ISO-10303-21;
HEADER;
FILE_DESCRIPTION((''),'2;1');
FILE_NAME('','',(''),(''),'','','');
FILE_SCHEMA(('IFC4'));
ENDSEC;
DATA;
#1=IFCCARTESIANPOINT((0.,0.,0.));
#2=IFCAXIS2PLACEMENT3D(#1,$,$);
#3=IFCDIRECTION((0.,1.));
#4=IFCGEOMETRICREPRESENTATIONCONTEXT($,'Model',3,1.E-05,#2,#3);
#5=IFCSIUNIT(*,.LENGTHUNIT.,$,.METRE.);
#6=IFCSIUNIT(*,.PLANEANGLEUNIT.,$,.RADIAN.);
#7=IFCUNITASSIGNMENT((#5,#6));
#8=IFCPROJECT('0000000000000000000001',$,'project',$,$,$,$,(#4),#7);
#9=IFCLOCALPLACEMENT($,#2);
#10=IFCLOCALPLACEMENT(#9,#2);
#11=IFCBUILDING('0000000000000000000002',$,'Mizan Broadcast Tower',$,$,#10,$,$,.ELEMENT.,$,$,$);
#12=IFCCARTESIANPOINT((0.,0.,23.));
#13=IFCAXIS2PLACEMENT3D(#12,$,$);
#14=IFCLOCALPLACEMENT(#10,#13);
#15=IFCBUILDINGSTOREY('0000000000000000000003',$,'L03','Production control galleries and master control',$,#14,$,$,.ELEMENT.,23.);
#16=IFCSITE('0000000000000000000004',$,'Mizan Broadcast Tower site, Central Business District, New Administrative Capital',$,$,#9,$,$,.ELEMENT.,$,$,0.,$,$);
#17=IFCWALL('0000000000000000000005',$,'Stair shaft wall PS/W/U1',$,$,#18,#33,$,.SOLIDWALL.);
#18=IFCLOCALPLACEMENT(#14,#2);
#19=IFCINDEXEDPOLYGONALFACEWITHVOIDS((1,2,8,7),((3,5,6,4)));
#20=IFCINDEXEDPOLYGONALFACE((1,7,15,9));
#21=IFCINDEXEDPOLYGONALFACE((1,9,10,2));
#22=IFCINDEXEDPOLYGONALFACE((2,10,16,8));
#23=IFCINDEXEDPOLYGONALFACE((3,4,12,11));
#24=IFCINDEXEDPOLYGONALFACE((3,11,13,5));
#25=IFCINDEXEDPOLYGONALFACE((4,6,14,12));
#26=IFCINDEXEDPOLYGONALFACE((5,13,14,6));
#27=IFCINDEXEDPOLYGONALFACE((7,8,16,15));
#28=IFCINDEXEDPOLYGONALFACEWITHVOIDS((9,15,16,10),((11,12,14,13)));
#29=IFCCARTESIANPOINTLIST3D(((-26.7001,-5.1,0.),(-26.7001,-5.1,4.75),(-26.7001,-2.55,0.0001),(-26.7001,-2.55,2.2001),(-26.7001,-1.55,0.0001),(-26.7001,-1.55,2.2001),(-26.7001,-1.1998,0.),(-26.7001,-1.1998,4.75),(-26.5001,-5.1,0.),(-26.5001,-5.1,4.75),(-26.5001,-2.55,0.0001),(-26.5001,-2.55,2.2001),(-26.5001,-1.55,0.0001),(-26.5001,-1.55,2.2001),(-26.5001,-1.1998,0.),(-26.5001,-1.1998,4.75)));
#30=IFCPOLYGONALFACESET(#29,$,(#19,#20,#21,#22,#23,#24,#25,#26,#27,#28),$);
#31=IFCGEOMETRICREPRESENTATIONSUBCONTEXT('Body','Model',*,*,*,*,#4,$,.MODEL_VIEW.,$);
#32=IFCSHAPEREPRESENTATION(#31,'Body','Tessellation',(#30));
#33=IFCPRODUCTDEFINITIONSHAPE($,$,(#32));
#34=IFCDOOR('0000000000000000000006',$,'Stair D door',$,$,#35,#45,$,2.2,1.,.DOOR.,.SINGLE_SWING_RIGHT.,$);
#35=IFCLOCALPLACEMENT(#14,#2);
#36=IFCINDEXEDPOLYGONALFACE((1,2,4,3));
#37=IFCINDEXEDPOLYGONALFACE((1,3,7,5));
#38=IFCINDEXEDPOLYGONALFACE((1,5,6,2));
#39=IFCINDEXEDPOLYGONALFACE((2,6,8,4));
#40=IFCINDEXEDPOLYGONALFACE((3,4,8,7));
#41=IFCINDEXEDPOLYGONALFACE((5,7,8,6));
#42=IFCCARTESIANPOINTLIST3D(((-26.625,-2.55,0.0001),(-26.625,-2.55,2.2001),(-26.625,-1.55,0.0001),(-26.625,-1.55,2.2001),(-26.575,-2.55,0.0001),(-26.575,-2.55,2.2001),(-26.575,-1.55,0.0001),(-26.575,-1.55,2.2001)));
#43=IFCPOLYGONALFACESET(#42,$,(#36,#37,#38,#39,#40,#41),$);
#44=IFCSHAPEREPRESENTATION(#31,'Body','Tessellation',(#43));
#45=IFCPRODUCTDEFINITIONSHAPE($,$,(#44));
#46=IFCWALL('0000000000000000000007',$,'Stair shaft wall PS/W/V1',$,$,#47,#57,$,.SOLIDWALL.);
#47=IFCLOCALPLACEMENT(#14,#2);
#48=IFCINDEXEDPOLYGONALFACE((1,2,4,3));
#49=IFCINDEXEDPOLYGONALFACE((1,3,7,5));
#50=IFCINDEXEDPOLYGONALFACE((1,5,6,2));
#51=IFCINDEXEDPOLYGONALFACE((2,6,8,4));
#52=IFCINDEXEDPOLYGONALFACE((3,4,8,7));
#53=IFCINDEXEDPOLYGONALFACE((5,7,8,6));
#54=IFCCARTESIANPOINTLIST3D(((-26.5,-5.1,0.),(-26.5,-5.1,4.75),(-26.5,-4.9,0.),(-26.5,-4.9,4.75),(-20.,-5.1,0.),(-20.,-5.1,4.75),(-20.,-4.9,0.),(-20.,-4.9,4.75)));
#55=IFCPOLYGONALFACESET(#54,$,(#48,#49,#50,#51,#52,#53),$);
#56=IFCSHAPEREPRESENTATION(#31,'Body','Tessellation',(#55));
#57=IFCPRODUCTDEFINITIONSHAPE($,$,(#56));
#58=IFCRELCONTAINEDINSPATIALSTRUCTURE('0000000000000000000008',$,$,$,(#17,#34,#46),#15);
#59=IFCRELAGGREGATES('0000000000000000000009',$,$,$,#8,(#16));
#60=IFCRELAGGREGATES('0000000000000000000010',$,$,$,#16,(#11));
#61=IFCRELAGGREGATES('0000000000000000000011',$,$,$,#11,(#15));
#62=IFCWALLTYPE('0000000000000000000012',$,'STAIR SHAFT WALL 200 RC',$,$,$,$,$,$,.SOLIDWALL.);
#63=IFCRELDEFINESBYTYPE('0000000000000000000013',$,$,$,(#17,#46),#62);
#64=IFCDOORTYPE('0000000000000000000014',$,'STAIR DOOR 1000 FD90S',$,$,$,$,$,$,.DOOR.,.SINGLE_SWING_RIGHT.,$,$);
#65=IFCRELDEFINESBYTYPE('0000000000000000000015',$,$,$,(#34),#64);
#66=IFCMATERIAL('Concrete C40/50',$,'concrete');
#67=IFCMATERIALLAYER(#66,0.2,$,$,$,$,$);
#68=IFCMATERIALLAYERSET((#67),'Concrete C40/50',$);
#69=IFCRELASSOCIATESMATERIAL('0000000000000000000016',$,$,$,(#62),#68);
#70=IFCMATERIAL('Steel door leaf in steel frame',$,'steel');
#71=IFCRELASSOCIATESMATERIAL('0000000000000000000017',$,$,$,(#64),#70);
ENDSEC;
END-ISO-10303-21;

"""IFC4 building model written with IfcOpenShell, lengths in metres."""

from ifc_helpers import new_model, si_unit, direction, frame, frame_2d, origin, place, context, subcontext, project, spatial, rectangle, extrude, material, layer, layer_set, type_object, element, fill, save


model = new_model("IFC4")

# Units and contexts
model_context = context("Model", 3, precision=1e-05, world=origin(), true_north=direction((0.0, 1.0)))
body_context = subcontext(model_context, "Body", "Model", "MODEL_VIEW")
ifc_project = project(units=[si_unit("LENGTHUNIT", "METRE"), si_unit("PLANEANGLEUNIT", "RADIAN")], contexts=[model_context])

# Site, building, storey
site_placement = place(None, origin())
site = spatial("IfcSite", under=ifc_project, at=site_placement, Name="Mizan Broadcast Tower site, Central Business District, New Administrative Capital", CompositionType="ELEMENT", RefElevation=0.0)
building_placement = place(site_placement, origin())
building = spatial("IfcBuilding", under=site, at=building_placement, Name="Mizan Broadcast Tower", CompositionType="ELEMENT")
storey_placement = place(building_placement, frame((0.0, 0.0, 23.0)))
storey = spatial("IfcBuildingStorey", under=building, at=storey_placement, Name="L03", Description="Production control galleries and master control", CompositionType="ELEMENT", Elevation=23.0)

# Wall, opening, door
ifc_material_1 = material(Name="Concrete C40/50", Category="concrete")
ifc_layer_1 = layer(ifc_material_1, 0.2)
ifc_layer_set_1 = layer_set([ifc_layer_1], Name="Concrete C40/50")
wall_type_1 = type_object("IfcWallType", Name="STAIR SHAFT WALL 200 RC", PredefinedType="SOLIDWALL", material=ifc_layer_set_1)
wall_1_placement = place(storey_placement, frame((-26.6001, -5.1001, 0.0), z_axis=(0.0, 0.0, 1.0), x_axis=(0.0, 1.0, 0.0)))
wall_1 = element("IfcWall", 1, at=wall_1_placement, inside=storey, type_object=wall_type_1, Name="Stair shaft wall PS/W/U1", PredefinedType="SOLIDWALL", context=body_context, shape_type="SweptSolid", body=[
    extrude(rectangle(XDim=3.9001, YDim=0.2, at=frame_2d((1.9502, 0.0))), origin(), (0.0, 0.0, 1.0), 4.75),
])
opening_placement = place(wall_1_placement, frame((2.55, 0.0, 0.0)))
opening = element("IfcOpeningElement", 2, at=opening_placement, cuts=wall_1, PredefinedType="OPENING", context=body_context, shape_type="SweptSolid", body=[
    extrude(rectangle(XDim=1.0, YDim=2.2, at=frame_2d((0.5, 1.1001))), frame((0.0, 0.1099, 0.0), z_axis=(0.0, -1.0, 0.0), x_axis=(1.0, 0.0, 0.0)), (0.0, 0.0, 1.0), 0.22),
])
ifc_material_2 = material(Name="Steel door leaf in steel frame", Category="steel")
door_type = type_object("IfcDoorType", Name="STAIR DOOR 1000 FD90S", OperationType="SINGLE_SWING_RIGHT", PredefinedType="DOOR", material=ifc_material_2)
door_placement = place(opening_placement, origin())
door = element("IfcDoor", 3, at=door_placement, inside=storey, type_object=door_type, Name="Stair D door", OperationType="SINGLE_SWING_RIGHT", OverallHeight=2.2, OverallWidth=1.0, PredefinedType="DOOR", context=body_context, shape_type="SweptSolid", body=[
    extrude(rectangle(XDim=1.0, YDim=2.2, at=frame_2d((0.5, 1.1001))), frame((0.0, 0.0249, 0.0), z_axis=(0.0, -1.0, 0.0), x_axis=(1.0, 0.0, 0.0)), (0.0, 0.0, 1.0), 0.05),
])
fill(opening, door)

# Wall
wall_2_placement = place(storey_placement, frame((-26.5, -5.0, 0.0), z_axis=(0.0, 0.0, 1.0), x_axis=(1.0, 0.0, 0.0)))
element("IfcWall", 4, at=wall_2_placement, inside=storey, type_object=wall_type_1, Name="Stair shaft wall PS/W/V1", PredefinedType="SOLIDWALL", context=body_context, shape_type="SweptSolid", body=[
    extrude(rectangle(XDim=6.5, YDim=0.2, at=frame_2d((3.25, 0.0))), origin(), (0.0, 0.0, 1.0), 4.75),
])

save(model, "model.ifc")
